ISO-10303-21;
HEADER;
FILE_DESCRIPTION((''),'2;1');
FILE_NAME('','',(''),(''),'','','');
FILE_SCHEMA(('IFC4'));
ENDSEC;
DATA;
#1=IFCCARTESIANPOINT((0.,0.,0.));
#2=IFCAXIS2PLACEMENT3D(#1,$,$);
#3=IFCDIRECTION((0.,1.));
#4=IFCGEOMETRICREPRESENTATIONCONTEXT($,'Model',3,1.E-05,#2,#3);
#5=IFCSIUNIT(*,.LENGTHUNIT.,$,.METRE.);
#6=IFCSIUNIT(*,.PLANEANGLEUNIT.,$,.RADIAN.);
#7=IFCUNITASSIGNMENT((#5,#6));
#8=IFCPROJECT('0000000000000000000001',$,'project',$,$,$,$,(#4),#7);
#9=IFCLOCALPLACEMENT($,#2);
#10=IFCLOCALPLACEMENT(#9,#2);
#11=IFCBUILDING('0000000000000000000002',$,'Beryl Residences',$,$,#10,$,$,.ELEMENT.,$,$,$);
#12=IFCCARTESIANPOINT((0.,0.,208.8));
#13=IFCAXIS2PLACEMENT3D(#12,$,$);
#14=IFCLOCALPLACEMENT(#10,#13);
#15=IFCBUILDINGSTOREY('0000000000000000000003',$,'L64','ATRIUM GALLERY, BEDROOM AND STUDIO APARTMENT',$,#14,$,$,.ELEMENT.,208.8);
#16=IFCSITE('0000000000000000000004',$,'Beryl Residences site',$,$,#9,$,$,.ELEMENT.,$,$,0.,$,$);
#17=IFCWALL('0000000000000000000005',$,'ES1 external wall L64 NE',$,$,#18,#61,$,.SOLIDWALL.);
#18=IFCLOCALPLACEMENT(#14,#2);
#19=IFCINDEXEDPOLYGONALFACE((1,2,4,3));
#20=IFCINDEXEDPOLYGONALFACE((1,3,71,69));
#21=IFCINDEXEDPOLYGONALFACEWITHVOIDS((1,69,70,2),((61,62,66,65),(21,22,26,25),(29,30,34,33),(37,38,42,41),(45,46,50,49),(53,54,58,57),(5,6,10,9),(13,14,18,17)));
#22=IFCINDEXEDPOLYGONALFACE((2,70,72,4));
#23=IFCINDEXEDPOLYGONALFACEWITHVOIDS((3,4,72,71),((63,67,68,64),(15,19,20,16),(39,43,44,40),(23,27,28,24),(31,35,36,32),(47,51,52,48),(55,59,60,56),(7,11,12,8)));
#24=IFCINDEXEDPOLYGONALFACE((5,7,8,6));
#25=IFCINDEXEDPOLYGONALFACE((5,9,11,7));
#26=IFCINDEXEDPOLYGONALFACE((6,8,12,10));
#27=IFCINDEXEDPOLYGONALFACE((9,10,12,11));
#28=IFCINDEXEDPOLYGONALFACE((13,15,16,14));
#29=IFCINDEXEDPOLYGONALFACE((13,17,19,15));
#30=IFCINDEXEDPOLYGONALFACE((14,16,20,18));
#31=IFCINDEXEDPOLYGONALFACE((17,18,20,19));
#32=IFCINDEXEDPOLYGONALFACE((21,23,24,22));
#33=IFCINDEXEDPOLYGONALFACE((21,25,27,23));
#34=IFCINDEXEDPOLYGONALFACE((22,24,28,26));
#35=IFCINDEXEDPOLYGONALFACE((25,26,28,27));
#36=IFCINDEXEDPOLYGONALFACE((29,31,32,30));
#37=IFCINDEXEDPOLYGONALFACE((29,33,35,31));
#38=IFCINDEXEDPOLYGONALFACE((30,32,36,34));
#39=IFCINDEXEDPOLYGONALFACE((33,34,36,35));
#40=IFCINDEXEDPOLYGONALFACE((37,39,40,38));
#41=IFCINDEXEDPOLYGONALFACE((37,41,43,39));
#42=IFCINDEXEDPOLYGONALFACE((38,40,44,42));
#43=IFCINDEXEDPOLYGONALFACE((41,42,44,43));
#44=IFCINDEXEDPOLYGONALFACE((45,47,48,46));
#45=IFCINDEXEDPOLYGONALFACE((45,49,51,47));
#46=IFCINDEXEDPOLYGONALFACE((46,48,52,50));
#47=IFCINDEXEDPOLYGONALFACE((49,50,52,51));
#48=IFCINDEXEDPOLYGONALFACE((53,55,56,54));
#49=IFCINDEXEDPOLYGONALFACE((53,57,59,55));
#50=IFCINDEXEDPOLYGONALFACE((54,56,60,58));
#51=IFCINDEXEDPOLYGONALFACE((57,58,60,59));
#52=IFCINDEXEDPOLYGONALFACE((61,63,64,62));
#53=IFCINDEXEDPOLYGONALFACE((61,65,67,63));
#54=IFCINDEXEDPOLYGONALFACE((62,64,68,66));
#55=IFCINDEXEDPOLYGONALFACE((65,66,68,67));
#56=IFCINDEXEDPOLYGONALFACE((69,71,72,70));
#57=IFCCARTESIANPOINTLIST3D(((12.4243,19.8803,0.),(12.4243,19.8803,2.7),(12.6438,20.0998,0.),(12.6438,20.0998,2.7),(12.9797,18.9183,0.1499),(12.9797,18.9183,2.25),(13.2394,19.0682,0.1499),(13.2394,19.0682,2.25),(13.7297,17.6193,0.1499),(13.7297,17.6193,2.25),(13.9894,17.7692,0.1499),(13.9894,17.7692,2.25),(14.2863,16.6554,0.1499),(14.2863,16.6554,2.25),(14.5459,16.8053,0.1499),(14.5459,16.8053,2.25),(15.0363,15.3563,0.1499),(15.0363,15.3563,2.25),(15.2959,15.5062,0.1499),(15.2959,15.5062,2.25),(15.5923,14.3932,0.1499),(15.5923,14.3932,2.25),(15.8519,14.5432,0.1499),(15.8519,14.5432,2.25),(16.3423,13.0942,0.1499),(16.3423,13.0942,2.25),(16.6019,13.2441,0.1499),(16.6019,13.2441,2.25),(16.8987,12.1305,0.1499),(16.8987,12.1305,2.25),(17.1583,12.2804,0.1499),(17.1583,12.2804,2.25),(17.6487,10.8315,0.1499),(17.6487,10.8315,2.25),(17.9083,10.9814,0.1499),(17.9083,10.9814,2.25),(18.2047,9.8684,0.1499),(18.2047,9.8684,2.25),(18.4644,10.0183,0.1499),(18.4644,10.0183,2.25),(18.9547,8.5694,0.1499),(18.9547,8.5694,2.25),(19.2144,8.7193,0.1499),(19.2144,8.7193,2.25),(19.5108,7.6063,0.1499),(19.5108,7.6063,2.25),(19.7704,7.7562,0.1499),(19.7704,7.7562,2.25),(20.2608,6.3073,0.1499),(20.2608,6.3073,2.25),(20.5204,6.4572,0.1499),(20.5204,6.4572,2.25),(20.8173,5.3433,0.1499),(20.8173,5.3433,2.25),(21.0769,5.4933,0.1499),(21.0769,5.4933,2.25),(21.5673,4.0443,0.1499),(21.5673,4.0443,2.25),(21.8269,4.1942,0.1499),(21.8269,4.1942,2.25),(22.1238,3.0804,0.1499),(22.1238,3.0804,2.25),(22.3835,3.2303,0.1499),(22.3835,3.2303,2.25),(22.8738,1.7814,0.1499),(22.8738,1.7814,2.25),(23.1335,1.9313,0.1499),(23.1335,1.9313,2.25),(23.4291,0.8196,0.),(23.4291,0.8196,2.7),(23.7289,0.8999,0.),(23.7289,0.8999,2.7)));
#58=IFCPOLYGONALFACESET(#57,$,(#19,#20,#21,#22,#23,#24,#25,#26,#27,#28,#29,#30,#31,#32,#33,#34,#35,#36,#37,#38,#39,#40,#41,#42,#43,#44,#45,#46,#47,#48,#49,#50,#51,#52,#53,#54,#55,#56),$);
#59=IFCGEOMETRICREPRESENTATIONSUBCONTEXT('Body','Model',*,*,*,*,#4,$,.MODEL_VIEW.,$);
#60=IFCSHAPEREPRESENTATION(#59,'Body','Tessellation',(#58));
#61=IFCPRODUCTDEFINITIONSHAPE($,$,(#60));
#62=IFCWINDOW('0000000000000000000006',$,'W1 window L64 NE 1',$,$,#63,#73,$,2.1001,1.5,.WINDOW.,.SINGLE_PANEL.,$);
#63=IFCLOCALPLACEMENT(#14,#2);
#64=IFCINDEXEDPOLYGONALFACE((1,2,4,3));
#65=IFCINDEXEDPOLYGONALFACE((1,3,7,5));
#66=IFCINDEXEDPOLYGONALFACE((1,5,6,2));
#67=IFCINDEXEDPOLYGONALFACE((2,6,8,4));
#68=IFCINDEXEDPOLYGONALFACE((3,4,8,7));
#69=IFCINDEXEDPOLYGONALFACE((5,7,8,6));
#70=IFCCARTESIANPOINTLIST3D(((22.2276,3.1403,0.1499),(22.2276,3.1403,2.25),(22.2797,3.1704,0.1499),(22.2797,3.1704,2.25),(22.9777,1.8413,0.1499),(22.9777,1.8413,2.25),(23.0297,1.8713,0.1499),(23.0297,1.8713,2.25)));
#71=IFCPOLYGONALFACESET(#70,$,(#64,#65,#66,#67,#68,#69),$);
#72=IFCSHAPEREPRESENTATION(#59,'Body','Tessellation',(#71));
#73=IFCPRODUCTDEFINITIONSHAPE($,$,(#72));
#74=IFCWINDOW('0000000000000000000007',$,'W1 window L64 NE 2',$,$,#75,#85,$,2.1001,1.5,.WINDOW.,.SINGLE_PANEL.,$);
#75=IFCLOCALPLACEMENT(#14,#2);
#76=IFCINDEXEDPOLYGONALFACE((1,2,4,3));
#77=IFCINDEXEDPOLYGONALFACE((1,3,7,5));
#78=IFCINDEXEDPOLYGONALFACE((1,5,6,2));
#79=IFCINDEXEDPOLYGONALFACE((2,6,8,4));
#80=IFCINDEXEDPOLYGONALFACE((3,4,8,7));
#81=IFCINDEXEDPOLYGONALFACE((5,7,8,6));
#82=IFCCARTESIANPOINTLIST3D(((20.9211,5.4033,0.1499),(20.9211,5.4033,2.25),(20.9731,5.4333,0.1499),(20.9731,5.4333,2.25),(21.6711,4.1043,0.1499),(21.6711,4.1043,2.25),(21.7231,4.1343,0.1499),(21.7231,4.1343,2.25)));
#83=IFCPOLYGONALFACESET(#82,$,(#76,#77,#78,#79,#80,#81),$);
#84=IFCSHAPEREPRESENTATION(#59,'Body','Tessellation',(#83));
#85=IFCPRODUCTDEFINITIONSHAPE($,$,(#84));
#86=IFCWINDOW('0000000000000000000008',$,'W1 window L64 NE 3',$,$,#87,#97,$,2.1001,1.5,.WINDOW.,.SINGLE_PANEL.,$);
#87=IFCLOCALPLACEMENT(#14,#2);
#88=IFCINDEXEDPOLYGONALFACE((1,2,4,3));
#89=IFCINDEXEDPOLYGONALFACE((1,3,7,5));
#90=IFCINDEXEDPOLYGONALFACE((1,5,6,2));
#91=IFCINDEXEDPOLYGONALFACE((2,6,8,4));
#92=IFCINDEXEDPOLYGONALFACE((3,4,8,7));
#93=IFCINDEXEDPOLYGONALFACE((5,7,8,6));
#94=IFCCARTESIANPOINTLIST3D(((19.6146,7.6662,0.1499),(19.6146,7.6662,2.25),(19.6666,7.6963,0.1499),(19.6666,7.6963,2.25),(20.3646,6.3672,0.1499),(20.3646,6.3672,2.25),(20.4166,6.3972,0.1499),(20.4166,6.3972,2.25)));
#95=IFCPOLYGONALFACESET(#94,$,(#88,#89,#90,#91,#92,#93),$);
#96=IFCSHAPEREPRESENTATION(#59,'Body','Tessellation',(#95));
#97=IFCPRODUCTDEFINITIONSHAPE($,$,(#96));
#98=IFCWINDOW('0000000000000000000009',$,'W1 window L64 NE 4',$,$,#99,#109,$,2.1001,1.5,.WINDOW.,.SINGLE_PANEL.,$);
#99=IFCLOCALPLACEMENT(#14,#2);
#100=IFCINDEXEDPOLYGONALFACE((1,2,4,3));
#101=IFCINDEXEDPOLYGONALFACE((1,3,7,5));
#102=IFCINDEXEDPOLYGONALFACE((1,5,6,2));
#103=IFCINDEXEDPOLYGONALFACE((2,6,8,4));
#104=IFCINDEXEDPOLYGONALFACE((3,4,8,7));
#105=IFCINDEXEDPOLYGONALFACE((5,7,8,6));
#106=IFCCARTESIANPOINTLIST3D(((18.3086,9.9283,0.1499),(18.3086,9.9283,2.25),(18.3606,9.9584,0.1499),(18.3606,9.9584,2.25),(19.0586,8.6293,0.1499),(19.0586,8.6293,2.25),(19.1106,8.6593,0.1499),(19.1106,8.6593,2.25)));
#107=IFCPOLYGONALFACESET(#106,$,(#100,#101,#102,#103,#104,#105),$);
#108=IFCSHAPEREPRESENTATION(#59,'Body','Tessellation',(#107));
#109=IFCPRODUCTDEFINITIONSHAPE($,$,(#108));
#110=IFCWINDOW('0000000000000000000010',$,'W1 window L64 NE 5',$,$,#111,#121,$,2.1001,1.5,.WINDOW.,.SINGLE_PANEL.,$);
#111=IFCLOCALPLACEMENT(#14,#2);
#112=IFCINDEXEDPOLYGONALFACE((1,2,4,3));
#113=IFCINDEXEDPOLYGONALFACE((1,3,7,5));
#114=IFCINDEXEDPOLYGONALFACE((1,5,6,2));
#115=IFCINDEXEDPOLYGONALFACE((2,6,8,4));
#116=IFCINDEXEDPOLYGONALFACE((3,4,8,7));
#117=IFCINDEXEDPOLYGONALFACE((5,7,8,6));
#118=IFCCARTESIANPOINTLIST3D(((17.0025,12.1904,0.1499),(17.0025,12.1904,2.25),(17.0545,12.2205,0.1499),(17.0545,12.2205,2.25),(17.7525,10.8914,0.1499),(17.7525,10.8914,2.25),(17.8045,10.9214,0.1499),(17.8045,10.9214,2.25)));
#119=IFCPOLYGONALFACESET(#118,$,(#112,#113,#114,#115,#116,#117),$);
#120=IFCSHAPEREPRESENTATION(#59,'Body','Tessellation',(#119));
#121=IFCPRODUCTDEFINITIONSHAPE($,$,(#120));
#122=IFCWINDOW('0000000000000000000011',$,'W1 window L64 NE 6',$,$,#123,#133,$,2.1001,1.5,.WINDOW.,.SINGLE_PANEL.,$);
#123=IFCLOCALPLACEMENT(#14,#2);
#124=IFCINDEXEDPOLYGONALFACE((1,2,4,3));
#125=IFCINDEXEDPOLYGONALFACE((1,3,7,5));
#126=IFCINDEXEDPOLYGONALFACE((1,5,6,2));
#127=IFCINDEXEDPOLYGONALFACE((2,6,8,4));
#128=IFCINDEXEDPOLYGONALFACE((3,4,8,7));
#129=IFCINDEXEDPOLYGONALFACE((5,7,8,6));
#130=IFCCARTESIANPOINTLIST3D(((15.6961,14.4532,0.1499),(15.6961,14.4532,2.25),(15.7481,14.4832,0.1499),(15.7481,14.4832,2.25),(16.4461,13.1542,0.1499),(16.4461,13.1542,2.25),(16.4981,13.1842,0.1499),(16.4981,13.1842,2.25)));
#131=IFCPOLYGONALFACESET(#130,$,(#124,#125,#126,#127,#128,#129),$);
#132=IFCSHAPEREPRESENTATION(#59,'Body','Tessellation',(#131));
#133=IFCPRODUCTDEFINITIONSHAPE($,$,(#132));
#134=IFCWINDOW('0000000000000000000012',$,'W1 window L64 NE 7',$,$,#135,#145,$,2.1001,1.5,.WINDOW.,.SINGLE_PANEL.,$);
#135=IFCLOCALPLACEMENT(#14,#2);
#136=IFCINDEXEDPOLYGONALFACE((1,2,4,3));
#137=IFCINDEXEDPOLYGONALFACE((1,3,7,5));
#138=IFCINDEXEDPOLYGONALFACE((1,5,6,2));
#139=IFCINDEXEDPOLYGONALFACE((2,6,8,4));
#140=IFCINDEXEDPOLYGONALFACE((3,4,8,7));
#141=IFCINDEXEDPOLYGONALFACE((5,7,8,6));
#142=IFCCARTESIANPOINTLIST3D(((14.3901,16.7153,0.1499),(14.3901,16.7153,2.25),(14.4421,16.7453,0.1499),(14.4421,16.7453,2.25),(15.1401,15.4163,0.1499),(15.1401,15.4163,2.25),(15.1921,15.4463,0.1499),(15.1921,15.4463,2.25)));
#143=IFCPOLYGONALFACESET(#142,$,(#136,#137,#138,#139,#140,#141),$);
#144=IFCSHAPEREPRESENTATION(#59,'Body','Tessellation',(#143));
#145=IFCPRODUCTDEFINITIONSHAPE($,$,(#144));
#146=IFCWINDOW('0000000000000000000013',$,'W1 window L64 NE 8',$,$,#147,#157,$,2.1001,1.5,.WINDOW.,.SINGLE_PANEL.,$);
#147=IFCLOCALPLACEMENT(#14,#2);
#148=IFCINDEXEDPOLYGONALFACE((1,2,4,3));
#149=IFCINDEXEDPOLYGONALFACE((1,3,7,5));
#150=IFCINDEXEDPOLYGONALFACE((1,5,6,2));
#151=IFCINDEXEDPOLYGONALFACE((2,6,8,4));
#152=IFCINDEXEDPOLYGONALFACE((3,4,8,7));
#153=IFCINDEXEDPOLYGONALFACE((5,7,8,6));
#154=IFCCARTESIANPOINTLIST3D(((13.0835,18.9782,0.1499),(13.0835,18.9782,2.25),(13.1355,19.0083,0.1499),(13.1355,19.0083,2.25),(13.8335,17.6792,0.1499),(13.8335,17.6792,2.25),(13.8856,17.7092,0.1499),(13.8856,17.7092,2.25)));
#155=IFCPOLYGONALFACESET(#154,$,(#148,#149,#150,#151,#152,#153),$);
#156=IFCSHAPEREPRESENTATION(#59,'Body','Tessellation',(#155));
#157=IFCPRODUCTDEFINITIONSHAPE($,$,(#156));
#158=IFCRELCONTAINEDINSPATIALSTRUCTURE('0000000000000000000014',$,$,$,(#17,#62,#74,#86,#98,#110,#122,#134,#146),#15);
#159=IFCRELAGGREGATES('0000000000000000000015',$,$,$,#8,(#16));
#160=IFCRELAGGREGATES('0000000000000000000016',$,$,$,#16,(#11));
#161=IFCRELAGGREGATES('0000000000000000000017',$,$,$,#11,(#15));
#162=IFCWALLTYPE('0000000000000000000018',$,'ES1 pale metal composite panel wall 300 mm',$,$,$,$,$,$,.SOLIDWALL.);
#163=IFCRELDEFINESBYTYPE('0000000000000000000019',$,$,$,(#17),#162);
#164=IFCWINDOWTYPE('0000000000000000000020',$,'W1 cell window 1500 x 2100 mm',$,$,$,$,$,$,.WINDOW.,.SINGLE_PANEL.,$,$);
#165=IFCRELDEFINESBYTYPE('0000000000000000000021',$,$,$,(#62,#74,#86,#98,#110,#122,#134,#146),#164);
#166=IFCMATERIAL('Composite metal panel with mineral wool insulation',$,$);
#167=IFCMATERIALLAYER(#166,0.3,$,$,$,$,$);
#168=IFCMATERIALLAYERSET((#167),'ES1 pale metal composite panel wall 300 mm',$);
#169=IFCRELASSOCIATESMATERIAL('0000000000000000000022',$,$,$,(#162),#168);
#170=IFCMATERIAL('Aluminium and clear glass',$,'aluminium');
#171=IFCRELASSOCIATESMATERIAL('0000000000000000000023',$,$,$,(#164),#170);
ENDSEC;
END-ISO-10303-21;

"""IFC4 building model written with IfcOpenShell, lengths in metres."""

from ifc_helpers import new_model, si_unit, direction, frame, frame_2d, origin, place, context, subcontext, project, spatial, polyline, rectangle, outline, extrude, material, layer, layer_set, type_object, element, fill, save


model = new_model("IFC4")

# Units and contexts
model_context = context("Model", 3, precision=1e-05, world=origin(), true_north=direction((0.0, 1.0)))
body_context = subcontext(model_context, "Body", "Model", "MODEL_VIEW")
ifc_project = project(units=[si_unit("LENGTHUNIT", "METRE"), si_unit("PLANEANGLEUNIT", "RADIAN")], contexts=[model_context])

# Site, building, storey
site_placement = place(None, origin())
site = spatial("IfcSite", under=ifc_project, at=site_placement, Name="Beryl Residences site", CompositionType="ELEMENT", RefElevation=0.0)
building_placement = place(site_placement, origin())
building = spatial("IfcBuilding", under=site, at=building_placement, Name="Beryl Residences", CompositionType="ELEMENT")
storey_placement = place(building_placement, frame((0.0, 0.0, 208.8)))
storey = spatial("IfcBuildingStorey", under=building, at=storey_placement, Name="L64", Description="ATRIUM GALLERY, BEDROOM AND STUDIO APARTMENT", CompositionType="ELEMENT", Elevation=208.8)

# Wall, openings, windows
ifc_material_1 = material(Name="Composite metal panel with mineral wool insulation")
ifc_layer_1 = layer(ifc_material_1, 0.3)
ifc_layer_set_1 = layer_set([ifc_layer_1], Name="ES1 pale metal composite panel wall 300 mm")
wall_type_1 = type_object("IfcWallType", Name="ES1 pale metal composite panel wall 300 mm", PredefinedType="SOLIDWALL", material=ifc_layer_set_1)
wall_1_placement = place(storey_placement, frame((23.5991, 0.825, 0.0), z_axis=(0.0, 0.0, 1.0), x_axis=(-0.500004, 0.866023, 0.0)))
wall_1 = element("IfcWall", 1, at=wall_1_placement, inside=storey, type_object=wall_type_1, Name="ES1 external wall L64 NE", PredefinedType="SOLIDWALL", context=body_context, shape_type="SweptSolid", body=[
    extrude(outline(polyline([(0.0, -0.1499), (22.1702, -0.1499), (22.0898, 0.1499), (0.0803, 0.1499), (0.0, -0.1499)])), origin(), (0.0, 0.0, 1.0), 2.7),
])
opening_1_placement = place(wall_1_placement, frame((1.1909, 0.0, 0.1499)))
opening_1 = element("IfcOpeningElement", 2, at=opening_1_placement, cuts=wall_1, PredefinedType="OPENING", context=body_context, shape_type="SweptSolid", body=[
    extrude(rectangle(XDim=1.5, YDim=2.1001, at=frame_2d((0.75, 1.05))), frame((0.0, 0.1599, 0.0), z_axis=(0.0, -1.0, 0.0), x_axis=(1.0, 0.0, 0.0)), (0.0, 0.0, 1.0), 0.3201),
])
opening_2_placement = place(wall_1_placement, frame((3.804, 0.0, 0.1499)))
opening_2 = element("IfcOpeningElement", 3, at=opening_2_placement, cuts=wall_1, PredefinedType="OPENING", context=body_context, shape_type="SweptSolid", body=[
    extrude(rectangle(XDim=1.5, YDim=2.1001, at=frame_2d((0.75, 1.05))), frame((0.0, 0.1599, 0.0), z_axis=(0.0, -1.0, 0.0), x_axis=(1.0, 0.0, 0.0)), (0.0, 0.0, 1.0), 0.3201),
])
opening_3_placement = place(wall_1_placement, frame((6.417, 0.0, 0.1499)))
opening_3 = element("IfcOpeningElement", 4, at=opening_3_placement, cuts=wall_1, PredefinedType="OPENING", context=body_context, shape_type="SweptSolid", body=[
    extrude(rectangle(XDim=1.5, YDim=2.1001, at=frame_2d((0.75, 1.05))), frame((0.0, 0.1599, 0.0), z_axis=(0.0, -1.0, 0.0), x_axis=(1.0, 0.0, 0.0)), (0.0, 0.0, 1.0), 0.3201),
])
opening_4_placement = place(wall_1_placement, frame((9.0291, 0.0, 0.1499)))
opening_4 = element("IfcOpeningElement", 5, at=opening_4_placement, cuts=wall_1, PredefinedType="OPENING", context=body_context, shape_type="SweptSolid", body=[
    extrude(rectangle(XDim=1.5, YDim=2.1001, at=frame_2d((0.75, 1.05))), frame((0.0, 0.1599, 0.0), z_axis=(0.0, -1.0, 0.0), x_axis=(1.0, 0.0, 0.0)), (0.0, 0.0, 1.0), 0.3201),
])
opening_5_placement = place(wall_1_placement, frame((11.6411, 0.0, 0.1499)))
opening_5 = element("IfcOpeningElement", 6, at=opening_5_placement, cuts=wall_1, PredefinedType="OPENING", context=body_context, shape_type="SweptSolid", body=[
    extrude(rectangle(XDim=1.5, YDim=2.1001, at=frame_2d((0.75, 1.05))), frame((0.0, 0.1599, 0.0), z_axis=(0.0, -1.0, 0.0), x_axis=(1.0, 0.0, 0.0)), (0.0, 0.0, 1.0), 0.3201),
])
opening_6_placement = place(wall_1_placement, frame((14.2539, 0.0, 0.1499)))
opening_6 = element("IfcOpeningElement", 7, at=opening_6_placement, cuts=wall_1, PredefinedType="OPENING", context=body_context, shape_type="SweptSolid", body=[
    extrude(rectangle(XDim=1.5, YDim=2.1001, at=frame_2d((0.75, 1.05))), frame((0.0, 0.1599, 0.0), z_axis=(0.0, -1.0, 0.0), x_axis=(1.0, 0.0, 0.0)), (0.0, 0.0, 1.0), 0.3201),
])
opening_7_placement = place(wall_1_placement, frame((16.866, 0.0, 0.1499)))
opening_7 = element("IfcOpeningElement", 8, at=opening_7_placement, cuts=wall_1, PredefinedType="OPENING", context=body_context, shape_type="SweptSolid", body=[
    extrude(rectangle(XDim=1.5, YDim=2.1001, at=frame_2d((0.75, 1.05))), frame((0.0, 0.1599, 0.0), z_axis=(0.0, -1.0, 0.0), x_axis=(1.0, 0.0, 0.0)), (0.0, 0.0, 1.0), 0.3201),
])
opening_8_placement = place(wall_1_placement, frame((19.479, 0.0, 0.1499)))
opening_8 = element("IfcOpeningElement", 9, at=opening_8_placement, cuts=wall_1, PredefinedType="OPENING", context=body_context, shape_type="SweptSolid", body=[
    extrude(rectangle(XDim=1.5, YDim=2.1001, at=frame_2d((0.75, 1.05))), frame((0.0, 0.1599, 0.0), z_axis=(0.0, -1.0, 0.0), x_axis=(1.0, 0.0, 0.0)), (0.0, 0.0, 1.0), 0.3201),
])
ifc_material_2 = material(Name="Aluminium and clear glass", Category="aluminium")
window_type = type_object("IfcWindowType", Name="W1 cell window 1500 x 2100 mm", PartitioningType="SINGLE_PANEL", PredefinedType="WINDOW", material=ifc_material_2)
window_1_placement = place(opening_1_placement, origin())
window_1 = element("IfcWindow", 10, at=window_1_placement, inside=storey, type_object=window_type, Name="W1 window L64 NE 1", OverallHeight=2.1001, OverallWidth=1.5, PartitioningType="SINGLE_PANEL", PredefinedType="WINDOW", context=body_context, shape_type="SweptSolid", body=[
    extrude(rectangle(XDim=1.5, YDim=2.1001, at=frame_2d((0.75, 1.05))), frame((0.0, 0.03, 0.0), z_axis=(0.0, -1.0, 0.0), x_axis=(1.0, 0.0, 0.0)), (0.0, 0.0, 1.0), 0.0601),
])
fill(opening_1, window_1)
window_2_placement = place(opening_2_placement, origin())
window_2 = element("IfcWindow", 11, at=window_2_placement, inside=storey, type_object=window_type, Name="W1 window L64 NE 2", OverallHeight=2.1001, OverallWidth=1.5, PartitioningType="SINGLE_PANEL", PredefinedType="WINDOW", context=body_context, shape_type="SweptSolid", body=[
    extrude(rectangle(XDim=1.5, YDim=2.1001, at=frame_2d((0.75, 1.05))), frame((0.0, 0.03, 0.0), z_axis=(0.0, -1.0, 0.0), x_axis=(1.0, 0.0, 0.0)), (0.0, 0.0, 1.0), 0.0601),
])
fill(opening_2, window_2)
window_3_placement = place(opening_3_placement, origin())
window_3 = element("IfcWindow", 12, at=window_3_placement, inside=storey, type_object=window_type, Name="W1 window L64 NE 3", OverallHeight=2.1001, OverallWidth=1.5, PartitioningType="SINGLE_PANEL", PredefinedType="WINDOW", context=body_context, shape_type="SweptSolid", body=[
    extrude(rectangle(XDim=1.5, YDim=2.1001, at=frame_2d((0.75, 1.05))), frame((0.0, 0.03, 0.0), z_axis=(0.0, -1.0, 0.0), x_axis=(1.0, 0.0, 0.0)), (0.0, 0.0, 1.0), 0.0601),
])
fill(opening_3, window_3)
window_4_placement = place(opening_4_placement, origin())
window_4 = element("IfcWindow", 13, at=window_4_placement, inside=storey, type_object=window_type, Name="W1 window L64 NE 4", OverallHeight=2.1001, OverallWidth=1.5, PartitioningType="SINGLE_PANEL", PredefinedType="WINDOW", context=body_context, shape_type="SweptSolid", body=[
    extrude(rectangle(XDim=1.5, YDim=2.1001, at=frame_2d((0.75, 1.05))), frame((0.0, 0.03, 0.0), z_axis=(0.0, -1.0, 0.0), x_axis=(1.0, 0.0, 0.0)), (0.0, 0.0, 1.0), 0.0601),
])
fill(opening_4, window_4)
window_5_placement = place(opening_5_placement, origin())
window_5 = element("IfcWindow", 14, at=window_5_placement, inside=storey, type_object=window_type, Name="W1 window L64 NE 5", OverallHeight=2.1001, OverallWidth=1.5, PartitioningType="SINGLE_PANEL", PredefinedType="WINDOW", context=body_context, shape_type="SweptSolid", body=[
    extrude(rectangle(XDim=1.5, YDim=2.1001, at=frame_2d((0.75, 1.05))), frame((0.0, 0.03, 0.0), z_axis=(0.0, -1.0, 0.0), x_axis=(1.0, 0.0, 0.0)), (0.0, 0.0, 1.0), 0.0601),
])
fill(opening_5, window_5)
window_6_placement = place(opening_6_placement, origin())
window_6 = element("IfcWindow", 15, at=window_6_placement, inside=storey, type_object=window_type, Name="W1 window L64 NE 6", OverallHeight=2.1001, OverallWidth=1.5, PartitioningType="SINGLE_PANEL", PredefinedType="WINDOW", context=body_context, shape_type="SweptSolid", body=[
    extrude(rectangle(XDim=1.5, YDim=2.1001, at=frame_2d((0.75, 1.05))), frame((0.0, 0.03, 0.0), z_axis=(0.0, -1.0, 0.0), x_axis=(1.0, 0.0, 0.0)), (0.0, 0.0, 1.0), 0.0601),
])
fill(opening_6, window_6)
window_7_placement = place(opening_7_placement, origin())
window_7 = element("IfcWindow", 16, at=window_7_placement, inside=storey, type_object=window_type, Name="W1 window L64 NE 7", OverallHeight=2.1001, OverallWidth=1.5, PartitioningType="SINGLE_PANEL", PredefinedType="WINDOW", context=body_context, shape_type="SweptSolid", body=[
    extrude(rectangle(XDim=1.5, YDim=2.1001, at=frame_2d((0.75, 1.05))), frame((0.0, 0.03, 0.0), z_axis=(0.0, -1.0, 0.0), x_axis=(1.0, 0.0, 0.0)), (0.0, 0.0, 1.0), 0.0601),
])
fill(opening_7, window_7)
window_8_placement = place(opening_8_placement, origin())
window_8 = element("IfcWindow", 17, at=window_8_placement, inside=storey, type_object=window_type, Name="W1 window L64 NE 8", OverallHeight=2.1001, OverallWidth=1.5, PartitioningType="SINGLE_PANEL", PredefinedType="WINDOW", context=body_context, shape_type="SweptSolid", body=[
    extrude(rectangle(XDim=1.5, YDim=2.1001, at=frame_2d((0.75, 1.05))), frame((0.0, 0.03, 0.0), z_axis=(0.0, -1.0, 0.0), x_axis=(1.0, 0.0, 0.0)), (0.0, 0.0, 1.0), 0.0601),
])
fill(opening_8, window_8)

save(model, "model.ifc")
